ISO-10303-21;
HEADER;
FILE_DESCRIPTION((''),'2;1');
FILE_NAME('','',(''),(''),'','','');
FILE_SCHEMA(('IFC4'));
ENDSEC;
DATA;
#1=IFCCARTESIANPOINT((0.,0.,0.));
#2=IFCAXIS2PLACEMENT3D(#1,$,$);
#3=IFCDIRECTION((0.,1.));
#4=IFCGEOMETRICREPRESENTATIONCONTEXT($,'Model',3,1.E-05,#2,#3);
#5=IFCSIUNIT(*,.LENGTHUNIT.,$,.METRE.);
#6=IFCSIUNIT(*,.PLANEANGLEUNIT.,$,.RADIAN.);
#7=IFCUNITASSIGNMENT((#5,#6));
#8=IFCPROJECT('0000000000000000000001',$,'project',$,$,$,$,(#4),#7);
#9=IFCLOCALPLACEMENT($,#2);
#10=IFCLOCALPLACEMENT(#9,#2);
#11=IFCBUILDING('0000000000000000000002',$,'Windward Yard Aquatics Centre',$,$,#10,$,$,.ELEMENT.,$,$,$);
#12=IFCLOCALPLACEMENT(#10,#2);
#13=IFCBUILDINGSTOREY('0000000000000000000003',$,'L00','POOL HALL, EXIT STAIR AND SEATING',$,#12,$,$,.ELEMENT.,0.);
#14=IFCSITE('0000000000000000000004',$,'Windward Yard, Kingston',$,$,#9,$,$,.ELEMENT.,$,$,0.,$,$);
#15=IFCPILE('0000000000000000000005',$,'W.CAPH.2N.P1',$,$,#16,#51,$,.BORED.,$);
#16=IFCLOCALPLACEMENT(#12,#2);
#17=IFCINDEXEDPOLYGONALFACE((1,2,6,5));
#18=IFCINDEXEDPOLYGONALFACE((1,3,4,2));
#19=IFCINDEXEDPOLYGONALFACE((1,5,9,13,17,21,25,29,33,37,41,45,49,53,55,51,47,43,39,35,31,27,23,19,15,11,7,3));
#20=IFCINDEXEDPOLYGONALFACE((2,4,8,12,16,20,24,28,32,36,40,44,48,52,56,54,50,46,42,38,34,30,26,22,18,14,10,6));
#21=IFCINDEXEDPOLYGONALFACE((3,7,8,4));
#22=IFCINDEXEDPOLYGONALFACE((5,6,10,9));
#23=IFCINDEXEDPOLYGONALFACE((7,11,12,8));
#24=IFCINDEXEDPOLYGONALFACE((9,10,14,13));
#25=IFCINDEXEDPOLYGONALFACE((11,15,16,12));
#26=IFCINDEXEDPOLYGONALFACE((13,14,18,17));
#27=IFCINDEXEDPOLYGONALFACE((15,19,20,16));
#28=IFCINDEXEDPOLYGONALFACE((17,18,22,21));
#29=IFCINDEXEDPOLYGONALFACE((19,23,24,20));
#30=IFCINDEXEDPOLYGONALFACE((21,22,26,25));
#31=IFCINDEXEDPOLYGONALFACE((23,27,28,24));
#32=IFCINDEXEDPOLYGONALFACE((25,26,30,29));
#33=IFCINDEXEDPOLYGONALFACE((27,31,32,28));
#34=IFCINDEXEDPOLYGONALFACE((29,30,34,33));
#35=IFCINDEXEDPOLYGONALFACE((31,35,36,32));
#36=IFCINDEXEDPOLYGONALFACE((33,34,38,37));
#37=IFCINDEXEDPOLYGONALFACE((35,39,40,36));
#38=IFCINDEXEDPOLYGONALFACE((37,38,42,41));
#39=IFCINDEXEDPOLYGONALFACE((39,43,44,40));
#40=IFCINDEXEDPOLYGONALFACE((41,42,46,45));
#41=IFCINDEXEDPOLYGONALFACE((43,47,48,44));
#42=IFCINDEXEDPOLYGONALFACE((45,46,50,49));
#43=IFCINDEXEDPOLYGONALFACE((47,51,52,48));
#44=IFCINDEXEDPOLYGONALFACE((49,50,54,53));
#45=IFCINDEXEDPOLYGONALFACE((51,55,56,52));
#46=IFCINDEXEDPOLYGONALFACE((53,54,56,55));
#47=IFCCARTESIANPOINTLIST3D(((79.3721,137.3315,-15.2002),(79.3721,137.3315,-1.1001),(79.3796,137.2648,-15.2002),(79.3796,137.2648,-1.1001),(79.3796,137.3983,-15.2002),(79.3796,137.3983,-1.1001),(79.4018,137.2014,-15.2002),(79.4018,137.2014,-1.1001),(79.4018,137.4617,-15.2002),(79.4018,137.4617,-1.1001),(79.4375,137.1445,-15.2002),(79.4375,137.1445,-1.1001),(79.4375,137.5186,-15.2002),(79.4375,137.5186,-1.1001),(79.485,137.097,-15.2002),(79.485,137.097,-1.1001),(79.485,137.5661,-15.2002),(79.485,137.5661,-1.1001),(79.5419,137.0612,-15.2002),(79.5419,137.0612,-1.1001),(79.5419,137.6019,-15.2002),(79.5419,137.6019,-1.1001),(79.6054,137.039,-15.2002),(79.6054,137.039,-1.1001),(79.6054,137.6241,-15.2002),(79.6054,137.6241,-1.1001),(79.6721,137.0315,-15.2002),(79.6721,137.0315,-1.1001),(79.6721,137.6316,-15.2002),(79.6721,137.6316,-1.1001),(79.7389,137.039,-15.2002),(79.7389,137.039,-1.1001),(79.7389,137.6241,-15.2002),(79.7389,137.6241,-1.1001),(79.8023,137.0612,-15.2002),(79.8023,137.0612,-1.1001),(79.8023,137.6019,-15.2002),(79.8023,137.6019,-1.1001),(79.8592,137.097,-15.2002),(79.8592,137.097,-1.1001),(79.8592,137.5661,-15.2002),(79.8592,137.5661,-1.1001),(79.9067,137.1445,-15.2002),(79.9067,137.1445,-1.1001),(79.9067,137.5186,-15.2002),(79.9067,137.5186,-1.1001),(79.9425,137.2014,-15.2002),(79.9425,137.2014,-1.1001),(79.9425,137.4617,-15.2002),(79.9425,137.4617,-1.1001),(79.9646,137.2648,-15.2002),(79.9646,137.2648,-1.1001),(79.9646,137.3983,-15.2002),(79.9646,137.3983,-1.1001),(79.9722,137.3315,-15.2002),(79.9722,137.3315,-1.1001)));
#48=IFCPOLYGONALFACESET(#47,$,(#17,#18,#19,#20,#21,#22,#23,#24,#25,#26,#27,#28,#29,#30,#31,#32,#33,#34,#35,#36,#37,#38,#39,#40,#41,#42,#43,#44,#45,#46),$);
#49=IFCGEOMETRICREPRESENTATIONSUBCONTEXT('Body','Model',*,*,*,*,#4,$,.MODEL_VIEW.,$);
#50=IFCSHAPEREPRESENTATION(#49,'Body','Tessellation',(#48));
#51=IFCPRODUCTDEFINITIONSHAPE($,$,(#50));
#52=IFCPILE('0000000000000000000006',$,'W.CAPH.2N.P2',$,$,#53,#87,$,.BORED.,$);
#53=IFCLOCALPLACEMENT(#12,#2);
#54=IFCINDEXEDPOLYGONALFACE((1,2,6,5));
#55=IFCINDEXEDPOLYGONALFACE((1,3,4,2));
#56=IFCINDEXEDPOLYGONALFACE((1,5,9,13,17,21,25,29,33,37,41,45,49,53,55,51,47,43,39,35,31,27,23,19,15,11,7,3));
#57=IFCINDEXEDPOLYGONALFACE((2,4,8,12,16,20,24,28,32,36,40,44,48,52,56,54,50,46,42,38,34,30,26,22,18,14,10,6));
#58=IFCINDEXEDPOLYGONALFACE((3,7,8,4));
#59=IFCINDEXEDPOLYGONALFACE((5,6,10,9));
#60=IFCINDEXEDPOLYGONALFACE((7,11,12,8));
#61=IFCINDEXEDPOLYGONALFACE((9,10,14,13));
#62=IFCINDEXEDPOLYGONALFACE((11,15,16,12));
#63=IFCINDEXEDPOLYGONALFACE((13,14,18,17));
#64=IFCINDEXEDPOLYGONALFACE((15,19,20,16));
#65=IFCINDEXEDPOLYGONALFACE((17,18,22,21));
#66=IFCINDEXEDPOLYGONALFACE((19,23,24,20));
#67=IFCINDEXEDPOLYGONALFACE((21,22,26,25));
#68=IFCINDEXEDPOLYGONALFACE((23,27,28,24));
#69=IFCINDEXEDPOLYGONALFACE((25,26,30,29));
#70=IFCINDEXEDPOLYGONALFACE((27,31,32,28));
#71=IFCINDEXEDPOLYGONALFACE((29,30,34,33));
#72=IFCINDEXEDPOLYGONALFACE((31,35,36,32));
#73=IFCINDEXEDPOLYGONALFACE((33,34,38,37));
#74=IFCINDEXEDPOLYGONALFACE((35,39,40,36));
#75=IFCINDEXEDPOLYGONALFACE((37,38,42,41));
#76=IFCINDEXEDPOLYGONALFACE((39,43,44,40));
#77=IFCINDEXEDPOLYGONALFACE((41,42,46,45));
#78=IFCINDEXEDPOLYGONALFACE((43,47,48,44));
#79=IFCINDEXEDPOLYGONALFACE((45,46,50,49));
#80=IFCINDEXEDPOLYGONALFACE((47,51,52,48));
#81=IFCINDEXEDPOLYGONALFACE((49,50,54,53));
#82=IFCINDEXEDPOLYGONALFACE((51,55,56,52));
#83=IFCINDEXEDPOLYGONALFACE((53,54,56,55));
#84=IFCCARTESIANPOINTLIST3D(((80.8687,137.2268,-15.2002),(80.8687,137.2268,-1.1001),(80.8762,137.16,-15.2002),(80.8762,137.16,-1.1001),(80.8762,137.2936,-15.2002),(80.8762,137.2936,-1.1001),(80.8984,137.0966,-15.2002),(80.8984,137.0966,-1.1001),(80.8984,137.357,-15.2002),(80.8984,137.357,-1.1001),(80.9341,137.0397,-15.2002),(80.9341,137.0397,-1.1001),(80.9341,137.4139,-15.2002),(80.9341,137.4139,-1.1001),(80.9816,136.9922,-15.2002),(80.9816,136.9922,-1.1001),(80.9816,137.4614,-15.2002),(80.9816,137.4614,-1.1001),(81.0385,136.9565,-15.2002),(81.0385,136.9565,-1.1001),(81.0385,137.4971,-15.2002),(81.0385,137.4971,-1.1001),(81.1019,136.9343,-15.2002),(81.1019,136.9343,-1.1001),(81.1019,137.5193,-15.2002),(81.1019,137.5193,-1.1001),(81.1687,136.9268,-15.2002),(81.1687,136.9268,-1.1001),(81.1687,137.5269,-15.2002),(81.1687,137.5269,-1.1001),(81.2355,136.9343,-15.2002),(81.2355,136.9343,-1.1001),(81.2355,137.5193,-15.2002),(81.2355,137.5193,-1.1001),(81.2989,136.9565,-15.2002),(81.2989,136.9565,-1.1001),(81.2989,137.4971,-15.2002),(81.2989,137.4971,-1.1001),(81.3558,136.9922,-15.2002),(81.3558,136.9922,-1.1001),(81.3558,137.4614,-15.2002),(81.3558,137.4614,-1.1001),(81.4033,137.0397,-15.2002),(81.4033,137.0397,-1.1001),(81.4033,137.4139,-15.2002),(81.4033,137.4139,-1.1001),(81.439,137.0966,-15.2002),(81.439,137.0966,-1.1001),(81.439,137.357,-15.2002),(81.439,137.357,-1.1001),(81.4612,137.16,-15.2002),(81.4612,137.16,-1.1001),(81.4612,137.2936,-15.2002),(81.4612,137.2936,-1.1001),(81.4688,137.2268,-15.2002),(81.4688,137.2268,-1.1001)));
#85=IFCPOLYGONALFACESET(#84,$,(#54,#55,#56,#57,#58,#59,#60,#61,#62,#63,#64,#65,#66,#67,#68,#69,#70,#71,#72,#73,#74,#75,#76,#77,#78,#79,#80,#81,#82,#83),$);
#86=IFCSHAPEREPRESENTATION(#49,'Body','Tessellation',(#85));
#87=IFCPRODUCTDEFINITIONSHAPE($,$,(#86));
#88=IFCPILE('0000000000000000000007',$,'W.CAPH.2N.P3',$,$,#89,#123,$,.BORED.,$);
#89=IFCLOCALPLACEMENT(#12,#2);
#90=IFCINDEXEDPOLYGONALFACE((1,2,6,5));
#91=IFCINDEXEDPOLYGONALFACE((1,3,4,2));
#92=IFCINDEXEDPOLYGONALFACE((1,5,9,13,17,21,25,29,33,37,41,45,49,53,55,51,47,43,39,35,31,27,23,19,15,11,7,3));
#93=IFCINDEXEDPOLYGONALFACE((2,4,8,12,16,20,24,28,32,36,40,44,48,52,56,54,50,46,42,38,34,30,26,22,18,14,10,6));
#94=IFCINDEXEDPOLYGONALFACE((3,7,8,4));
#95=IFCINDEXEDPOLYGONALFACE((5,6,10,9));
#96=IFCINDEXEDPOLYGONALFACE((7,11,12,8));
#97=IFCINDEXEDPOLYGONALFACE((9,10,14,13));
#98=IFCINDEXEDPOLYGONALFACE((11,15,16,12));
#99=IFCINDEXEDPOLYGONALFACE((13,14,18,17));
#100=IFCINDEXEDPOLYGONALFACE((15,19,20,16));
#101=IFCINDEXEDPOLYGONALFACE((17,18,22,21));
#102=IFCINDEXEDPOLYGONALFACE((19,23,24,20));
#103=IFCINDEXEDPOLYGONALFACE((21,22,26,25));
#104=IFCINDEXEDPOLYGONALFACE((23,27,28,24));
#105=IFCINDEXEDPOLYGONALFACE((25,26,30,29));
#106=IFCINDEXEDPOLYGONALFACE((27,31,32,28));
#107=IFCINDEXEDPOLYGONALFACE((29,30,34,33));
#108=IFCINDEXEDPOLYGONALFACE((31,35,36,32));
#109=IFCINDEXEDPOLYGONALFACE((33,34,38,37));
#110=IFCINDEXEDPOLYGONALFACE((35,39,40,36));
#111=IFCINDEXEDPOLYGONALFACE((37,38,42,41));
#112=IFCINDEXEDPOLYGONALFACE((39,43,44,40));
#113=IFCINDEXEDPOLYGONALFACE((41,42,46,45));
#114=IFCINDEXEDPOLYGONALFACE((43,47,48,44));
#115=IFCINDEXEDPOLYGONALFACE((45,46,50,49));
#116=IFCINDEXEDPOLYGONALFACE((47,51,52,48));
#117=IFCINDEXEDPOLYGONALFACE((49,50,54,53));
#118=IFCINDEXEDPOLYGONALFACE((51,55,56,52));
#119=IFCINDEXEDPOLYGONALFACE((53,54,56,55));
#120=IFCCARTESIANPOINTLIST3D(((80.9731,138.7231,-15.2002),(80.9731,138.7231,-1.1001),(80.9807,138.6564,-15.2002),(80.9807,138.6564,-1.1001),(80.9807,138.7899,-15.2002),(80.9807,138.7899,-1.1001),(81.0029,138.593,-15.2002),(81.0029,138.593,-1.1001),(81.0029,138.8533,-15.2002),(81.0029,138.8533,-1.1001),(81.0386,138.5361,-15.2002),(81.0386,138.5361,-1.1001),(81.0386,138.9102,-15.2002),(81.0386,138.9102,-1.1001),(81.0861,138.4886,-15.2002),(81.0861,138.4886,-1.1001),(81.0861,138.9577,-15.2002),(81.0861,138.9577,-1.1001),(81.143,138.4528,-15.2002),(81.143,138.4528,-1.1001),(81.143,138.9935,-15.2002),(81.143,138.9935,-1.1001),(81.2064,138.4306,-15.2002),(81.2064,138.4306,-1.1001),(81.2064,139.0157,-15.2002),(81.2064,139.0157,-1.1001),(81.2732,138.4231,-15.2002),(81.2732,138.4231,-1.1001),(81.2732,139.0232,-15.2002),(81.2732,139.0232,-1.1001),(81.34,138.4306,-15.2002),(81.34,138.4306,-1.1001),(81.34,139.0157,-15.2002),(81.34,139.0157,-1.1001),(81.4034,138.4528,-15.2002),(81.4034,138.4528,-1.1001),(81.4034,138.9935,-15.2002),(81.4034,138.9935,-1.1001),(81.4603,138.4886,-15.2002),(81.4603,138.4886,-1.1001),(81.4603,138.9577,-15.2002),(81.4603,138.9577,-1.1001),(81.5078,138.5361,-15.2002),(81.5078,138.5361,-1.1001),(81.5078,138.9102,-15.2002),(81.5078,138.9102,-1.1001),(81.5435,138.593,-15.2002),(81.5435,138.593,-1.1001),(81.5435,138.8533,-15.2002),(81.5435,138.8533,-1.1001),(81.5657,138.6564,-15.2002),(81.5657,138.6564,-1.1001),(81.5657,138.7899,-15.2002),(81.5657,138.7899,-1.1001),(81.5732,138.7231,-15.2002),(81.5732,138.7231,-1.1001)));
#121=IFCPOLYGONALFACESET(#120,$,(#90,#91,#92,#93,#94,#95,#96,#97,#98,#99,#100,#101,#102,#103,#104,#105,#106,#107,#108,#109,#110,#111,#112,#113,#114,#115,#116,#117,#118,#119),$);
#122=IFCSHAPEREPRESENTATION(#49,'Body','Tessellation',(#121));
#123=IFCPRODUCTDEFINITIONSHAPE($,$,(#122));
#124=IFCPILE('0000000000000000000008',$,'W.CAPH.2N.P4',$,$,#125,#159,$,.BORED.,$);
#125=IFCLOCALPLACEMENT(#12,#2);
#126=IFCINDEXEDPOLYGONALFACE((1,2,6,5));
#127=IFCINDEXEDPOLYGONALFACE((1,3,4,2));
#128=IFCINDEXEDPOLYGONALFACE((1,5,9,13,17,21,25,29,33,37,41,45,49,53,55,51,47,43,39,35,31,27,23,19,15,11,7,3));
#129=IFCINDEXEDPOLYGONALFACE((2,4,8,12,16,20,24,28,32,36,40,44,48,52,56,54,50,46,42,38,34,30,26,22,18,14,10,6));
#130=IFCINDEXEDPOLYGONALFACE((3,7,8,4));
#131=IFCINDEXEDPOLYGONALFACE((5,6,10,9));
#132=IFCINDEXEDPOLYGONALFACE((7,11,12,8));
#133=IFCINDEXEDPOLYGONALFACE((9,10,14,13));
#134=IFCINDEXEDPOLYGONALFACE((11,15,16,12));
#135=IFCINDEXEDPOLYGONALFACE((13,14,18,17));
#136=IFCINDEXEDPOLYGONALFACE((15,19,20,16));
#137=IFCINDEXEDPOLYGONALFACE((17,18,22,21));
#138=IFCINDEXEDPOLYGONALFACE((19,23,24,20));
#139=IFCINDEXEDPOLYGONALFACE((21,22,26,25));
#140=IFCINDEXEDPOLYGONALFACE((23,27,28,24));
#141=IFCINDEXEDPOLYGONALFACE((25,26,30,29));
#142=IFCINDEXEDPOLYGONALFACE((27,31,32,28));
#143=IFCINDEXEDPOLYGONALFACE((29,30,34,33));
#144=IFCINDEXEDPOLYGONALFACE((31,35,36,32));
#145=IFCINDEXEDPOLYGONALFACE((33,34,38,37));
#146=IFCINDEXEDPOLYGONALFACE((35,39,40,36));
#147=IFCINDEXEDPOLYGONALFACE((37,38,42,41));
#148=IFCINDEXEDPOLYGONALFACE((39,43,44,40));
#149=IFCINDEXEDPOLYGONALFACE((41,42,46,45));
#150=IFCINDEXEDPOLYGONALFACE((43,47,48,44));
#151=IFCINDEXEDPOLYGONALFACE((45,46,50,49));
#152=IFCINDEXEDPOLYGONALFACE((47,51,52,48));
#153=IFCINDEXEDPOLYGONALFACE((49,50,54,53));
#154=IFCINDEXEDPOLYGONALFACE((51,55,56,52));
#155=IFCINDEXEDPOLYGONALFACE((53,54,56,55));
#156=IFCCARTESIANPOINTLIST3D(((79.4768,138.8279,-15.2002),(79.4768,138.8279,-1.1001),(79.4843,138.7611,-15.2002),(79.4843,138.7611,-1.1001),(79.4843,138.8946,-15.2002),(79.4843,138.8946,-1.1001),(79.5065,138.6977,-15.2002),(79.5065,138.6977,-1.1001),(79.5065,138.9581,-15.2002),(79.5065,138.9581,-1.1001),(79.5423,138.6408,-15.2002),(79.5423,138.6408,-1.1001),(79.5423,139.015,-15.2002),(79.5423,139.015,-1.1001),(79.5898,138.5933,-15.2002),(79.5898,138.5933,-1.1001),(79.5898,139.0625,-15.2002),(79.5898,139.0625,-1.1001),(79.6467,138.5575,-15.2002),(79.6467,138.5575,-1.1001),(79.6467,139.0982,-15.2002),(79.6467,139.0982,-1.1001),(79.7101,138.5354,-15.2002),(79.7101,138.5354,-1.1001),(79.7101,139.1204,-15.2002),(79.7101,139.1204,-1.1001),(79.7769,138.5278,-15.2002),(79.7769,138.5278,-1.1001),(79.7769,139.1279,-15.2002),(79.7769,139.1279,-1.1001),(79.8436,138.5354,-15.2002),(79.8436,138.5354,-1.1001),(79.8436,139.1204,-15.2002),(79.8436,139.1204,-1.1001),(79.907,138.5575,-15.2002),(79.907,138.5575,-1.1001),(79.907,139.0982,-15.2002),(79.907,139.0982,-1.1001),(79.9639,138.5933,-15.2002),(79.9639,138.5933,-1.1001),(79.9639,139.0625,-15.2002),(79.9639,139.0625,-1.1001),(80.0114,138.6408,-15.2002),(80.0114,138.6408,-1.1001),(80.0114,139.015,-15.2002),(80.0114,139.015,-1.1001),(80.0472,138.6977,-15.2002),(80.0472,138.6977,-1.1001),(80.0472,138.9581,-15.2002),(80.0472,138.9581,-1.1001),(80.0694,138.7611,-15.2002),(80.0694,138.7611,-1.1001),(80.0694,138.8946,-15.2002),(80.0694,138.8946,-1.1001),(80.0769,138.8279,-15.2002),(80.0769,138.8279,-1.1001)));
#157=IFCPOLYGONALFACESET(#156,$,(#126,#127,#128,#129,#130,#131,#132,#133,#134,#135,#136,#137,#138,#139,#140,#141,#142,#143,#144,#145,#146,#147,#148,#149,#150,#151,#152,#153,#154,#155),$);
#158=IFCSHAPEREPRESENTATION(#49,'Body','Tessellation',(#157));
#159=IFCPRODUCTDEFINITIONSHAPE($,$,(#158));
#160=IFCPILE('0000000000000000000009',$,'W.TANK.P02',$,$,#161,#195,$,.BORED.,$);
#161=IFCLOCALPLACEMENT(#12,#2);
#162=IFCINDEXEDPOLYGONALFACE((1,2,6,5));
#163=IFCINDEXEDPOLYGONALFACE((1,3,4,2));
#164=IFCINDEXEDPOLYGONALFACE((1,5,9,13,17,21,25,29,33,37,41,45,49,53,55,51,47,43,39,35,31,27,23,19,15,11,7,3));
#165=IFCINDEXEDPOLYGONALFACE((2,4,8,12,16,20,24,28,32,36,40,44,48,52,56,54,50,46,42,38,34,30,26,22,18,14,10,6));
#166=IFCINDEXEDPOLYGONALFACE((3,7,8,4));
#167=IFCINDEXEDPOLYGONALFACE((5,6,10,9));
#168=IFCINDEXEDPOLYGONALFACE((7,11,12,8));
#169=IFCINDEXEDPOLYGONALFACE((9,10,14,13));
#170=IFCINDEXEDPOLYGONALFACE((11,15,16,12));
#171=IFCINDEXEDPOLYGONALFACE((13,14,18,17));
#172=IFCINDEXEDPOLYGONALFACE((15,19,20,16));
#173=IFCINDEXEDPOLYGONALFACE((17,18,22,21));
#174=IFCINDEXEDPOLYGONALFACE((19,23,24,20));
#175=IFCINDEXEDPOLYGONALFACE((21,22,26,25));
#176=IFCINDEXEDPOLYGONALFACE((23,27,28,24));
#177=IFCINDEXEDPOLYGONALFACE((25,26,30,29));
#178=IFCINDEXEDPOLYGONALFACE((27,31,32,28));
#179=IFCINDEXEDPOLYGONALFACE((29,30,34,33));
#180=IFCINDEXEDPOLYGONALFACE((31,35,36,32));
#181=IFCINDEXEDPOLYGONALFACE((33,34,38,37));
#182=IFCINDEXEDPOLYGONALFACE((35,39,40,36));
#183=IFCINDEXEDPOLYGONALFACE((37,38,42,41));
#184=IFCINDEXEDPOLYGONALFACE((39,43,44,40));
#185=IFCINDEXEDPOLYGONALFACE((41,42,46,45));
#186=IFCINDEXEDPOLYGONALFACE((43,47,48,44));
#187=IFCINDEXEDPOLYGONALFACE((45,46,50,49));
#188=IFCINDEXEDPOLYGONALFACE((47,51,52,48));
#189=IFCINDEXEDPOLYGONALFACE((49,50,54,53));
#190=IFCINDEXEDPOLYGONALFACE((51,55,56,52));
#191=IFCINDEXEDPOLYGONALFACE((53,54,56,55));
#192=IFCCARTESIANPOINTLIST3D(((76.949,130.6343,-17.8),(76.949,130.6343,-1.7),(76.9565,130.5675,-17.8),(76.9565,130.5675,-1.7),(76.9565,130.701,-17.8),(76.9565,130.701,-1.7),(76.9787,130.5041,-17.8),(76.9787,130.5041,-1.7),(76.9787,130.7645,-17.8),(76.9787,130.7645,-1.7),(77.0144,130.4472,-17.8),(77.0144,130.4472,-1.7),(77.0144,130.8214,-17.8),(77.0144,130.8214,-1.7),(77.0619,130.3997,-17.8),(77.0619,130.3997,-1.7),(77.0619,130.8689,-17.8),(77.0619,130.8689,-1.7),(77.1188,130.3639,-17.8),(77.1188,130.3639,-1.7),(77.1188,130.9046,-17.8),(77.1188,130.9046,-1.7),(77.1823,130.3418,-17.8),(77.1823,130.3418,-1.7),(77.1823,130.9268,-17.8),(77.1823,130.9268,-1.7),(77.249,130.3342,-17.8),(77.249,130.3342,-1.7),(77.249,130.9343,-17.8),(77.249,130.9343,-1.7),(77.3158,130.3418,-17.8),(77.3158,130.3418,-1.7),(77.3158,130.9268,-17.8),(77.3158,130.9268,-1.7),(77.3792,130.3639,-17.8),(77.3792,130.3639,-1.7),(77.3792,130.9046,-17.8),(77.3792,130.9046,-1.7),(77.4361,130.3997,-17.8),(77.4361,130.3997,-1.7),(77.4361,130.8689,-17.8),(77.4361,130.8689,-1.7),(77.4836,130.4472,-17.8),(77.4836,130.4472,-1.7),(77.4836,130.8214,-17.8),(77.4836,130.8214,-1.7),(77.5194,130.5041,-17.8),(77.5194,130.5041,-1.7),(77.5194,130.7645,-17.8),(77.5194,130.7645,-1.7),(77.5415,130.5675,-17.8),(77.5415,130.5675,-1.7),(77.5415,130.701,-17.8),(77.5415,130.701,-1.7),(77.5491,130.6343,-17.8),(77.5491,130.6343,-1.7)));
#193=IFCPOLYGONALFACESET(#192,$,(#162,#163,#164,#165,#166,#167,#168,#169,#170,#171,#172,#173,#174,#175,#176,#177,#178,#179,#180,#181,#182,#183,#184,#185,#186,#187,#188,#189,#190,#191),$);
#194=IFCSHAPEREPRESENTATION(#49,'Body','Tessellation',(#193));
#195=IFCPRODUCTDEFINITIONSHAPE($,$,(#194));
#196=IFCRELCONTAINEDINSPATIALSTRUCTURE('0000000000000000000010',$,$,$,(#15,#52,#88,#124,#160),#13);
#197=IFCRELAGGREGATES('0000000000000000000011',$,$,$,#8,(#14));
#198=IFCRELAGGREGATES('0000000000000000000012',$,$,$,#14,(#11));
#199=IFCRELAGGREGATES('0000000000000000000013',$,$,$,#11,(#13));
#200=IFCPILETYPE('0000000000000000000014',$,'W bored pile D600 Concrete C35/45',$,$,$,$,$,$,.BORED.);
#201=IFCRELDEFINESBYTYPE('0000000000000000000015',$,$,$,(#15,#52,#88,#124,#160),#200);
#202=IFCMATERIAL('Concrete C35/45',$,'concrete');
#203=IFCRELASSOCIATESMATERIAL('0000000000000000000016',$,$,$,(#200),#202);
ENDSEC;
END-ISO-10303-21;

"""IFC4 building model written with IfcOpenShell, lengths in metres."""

from ifc_helpers import new_model, si_unit, direction, frame, origin, origin_2d, place, context, subcontext, project, spatial, circle, extrude, material, material_profile, profile_set, type_object, element, save


model = new_model("IFC4")

# Units and contexts
model_context = context("Model", 3, precision=1e-05, world=origin(), true_north=direction((0.0, 1.0)))
body_context = subcontext(model_context, "Body", "Model", "MODEL_VIEW")
ifc_project = project(units=[si_unit("LENGTHUNIT", "METRE"), si_unit("PLANEANGLEUNIT", "RADIAN")], contexts=[model_context])

# Site, building, storey
site_placement = place(None, origin())
site = spatial("IfcSite", under=ifc_project, at=site_placement, Name="Windward Yard, Kingston", CompositionType="ELEMENT", RefElevation=0.0)
building_placement = place(site_placement, origin())
building = spatial("IfcBuilding", under=site, at=building_placement, Name="Windward Yard Aquatics Centre", CompositionType="ELEMENT")
storey_placement = place(building_placement, origin())
storey = spatial("IfcBuildingStorey", under=building, at=storey_placement, Name="L00", Description="POOL HALL, EXIT STAIR AND SEATING", CompositionType="ELEMENT", Elevation=0.0)

# Piles
ifc_material_1 = material(Name="Concrete C35/45", Category="concrete")
ifc_material_profile_1 = material_profile(ifc_material_1, circle(Radius=0.3, at=origin_2d()), Name="D600")
ifc_profile_set_1 = profile_set([ifc_material_profile_1], Name="Concrete C35/45")
pile_type = type_object("IfcPileType", Name="W bored pile D600 Concrete C35/45", PredefinedType="BORED", material=ifc_profile_set_1)
for number, where, z_axis, x_axis, name in (
    (1, (79.6721, 137.3315, -1.1001), (0.0, 0.0, -1.0), (1.0, 0.0, 0.0), "W.CAPH.2N.P1"),
    (2, (81.1687, 137.2268, -1.1001), (0.0, 0.0, -1.0), (1.0, 0.0, 0.0), "W.CAPH.2N.P2"),
    (3, (81.2732, 138.7231, -1.1001), (0.0, 0.0, -1.0), (1.0, 0.0, 0.0), "W.CAPH.2N.P3"),
    (4, (79.7769, 138.8279, -1.1001), (0.0, 0.0, -1.0), (1.0, 0.0, 0.0), "W.CAPH.2N.P4"),
):
    element("IfcPile", number, at=place(storey_placement, frame(where, z_axis=z_axis, x_axis=x_axis)), inside=storey, type_object=pile_type, Name=name, PredefinedType="BORED", context=body_context, shape_type="SweptSolid", body=[
        extrude(circle(Radius=0.3, at=origin_2d()), origin(), (0.0, 0.0, 1.0), 14.1001),
    ])
for number, where, z_axis, x_axis, name in (
    (5, (77.249, 130.6343, -1.7), (0.0, 0.0, -1.0), (1.0, 0.0, 0.0), "W.TANK.P02"),
):
    element("IfcPile", number, at=place(storey_placement, frame(where, z_axis=z_axis, x_axis=x_axis)), inside=storey, type_object=pile_type, Name=name, PredefinedType="BORED", context=body_context, shape_type="SweptSolid", body=[
        extrude(circle(Radius=0.3, at=origin_2d()), origin(), (0.0, 0.0, 1.0), 16.1001),
    ])

save(model, "model.ifc")
